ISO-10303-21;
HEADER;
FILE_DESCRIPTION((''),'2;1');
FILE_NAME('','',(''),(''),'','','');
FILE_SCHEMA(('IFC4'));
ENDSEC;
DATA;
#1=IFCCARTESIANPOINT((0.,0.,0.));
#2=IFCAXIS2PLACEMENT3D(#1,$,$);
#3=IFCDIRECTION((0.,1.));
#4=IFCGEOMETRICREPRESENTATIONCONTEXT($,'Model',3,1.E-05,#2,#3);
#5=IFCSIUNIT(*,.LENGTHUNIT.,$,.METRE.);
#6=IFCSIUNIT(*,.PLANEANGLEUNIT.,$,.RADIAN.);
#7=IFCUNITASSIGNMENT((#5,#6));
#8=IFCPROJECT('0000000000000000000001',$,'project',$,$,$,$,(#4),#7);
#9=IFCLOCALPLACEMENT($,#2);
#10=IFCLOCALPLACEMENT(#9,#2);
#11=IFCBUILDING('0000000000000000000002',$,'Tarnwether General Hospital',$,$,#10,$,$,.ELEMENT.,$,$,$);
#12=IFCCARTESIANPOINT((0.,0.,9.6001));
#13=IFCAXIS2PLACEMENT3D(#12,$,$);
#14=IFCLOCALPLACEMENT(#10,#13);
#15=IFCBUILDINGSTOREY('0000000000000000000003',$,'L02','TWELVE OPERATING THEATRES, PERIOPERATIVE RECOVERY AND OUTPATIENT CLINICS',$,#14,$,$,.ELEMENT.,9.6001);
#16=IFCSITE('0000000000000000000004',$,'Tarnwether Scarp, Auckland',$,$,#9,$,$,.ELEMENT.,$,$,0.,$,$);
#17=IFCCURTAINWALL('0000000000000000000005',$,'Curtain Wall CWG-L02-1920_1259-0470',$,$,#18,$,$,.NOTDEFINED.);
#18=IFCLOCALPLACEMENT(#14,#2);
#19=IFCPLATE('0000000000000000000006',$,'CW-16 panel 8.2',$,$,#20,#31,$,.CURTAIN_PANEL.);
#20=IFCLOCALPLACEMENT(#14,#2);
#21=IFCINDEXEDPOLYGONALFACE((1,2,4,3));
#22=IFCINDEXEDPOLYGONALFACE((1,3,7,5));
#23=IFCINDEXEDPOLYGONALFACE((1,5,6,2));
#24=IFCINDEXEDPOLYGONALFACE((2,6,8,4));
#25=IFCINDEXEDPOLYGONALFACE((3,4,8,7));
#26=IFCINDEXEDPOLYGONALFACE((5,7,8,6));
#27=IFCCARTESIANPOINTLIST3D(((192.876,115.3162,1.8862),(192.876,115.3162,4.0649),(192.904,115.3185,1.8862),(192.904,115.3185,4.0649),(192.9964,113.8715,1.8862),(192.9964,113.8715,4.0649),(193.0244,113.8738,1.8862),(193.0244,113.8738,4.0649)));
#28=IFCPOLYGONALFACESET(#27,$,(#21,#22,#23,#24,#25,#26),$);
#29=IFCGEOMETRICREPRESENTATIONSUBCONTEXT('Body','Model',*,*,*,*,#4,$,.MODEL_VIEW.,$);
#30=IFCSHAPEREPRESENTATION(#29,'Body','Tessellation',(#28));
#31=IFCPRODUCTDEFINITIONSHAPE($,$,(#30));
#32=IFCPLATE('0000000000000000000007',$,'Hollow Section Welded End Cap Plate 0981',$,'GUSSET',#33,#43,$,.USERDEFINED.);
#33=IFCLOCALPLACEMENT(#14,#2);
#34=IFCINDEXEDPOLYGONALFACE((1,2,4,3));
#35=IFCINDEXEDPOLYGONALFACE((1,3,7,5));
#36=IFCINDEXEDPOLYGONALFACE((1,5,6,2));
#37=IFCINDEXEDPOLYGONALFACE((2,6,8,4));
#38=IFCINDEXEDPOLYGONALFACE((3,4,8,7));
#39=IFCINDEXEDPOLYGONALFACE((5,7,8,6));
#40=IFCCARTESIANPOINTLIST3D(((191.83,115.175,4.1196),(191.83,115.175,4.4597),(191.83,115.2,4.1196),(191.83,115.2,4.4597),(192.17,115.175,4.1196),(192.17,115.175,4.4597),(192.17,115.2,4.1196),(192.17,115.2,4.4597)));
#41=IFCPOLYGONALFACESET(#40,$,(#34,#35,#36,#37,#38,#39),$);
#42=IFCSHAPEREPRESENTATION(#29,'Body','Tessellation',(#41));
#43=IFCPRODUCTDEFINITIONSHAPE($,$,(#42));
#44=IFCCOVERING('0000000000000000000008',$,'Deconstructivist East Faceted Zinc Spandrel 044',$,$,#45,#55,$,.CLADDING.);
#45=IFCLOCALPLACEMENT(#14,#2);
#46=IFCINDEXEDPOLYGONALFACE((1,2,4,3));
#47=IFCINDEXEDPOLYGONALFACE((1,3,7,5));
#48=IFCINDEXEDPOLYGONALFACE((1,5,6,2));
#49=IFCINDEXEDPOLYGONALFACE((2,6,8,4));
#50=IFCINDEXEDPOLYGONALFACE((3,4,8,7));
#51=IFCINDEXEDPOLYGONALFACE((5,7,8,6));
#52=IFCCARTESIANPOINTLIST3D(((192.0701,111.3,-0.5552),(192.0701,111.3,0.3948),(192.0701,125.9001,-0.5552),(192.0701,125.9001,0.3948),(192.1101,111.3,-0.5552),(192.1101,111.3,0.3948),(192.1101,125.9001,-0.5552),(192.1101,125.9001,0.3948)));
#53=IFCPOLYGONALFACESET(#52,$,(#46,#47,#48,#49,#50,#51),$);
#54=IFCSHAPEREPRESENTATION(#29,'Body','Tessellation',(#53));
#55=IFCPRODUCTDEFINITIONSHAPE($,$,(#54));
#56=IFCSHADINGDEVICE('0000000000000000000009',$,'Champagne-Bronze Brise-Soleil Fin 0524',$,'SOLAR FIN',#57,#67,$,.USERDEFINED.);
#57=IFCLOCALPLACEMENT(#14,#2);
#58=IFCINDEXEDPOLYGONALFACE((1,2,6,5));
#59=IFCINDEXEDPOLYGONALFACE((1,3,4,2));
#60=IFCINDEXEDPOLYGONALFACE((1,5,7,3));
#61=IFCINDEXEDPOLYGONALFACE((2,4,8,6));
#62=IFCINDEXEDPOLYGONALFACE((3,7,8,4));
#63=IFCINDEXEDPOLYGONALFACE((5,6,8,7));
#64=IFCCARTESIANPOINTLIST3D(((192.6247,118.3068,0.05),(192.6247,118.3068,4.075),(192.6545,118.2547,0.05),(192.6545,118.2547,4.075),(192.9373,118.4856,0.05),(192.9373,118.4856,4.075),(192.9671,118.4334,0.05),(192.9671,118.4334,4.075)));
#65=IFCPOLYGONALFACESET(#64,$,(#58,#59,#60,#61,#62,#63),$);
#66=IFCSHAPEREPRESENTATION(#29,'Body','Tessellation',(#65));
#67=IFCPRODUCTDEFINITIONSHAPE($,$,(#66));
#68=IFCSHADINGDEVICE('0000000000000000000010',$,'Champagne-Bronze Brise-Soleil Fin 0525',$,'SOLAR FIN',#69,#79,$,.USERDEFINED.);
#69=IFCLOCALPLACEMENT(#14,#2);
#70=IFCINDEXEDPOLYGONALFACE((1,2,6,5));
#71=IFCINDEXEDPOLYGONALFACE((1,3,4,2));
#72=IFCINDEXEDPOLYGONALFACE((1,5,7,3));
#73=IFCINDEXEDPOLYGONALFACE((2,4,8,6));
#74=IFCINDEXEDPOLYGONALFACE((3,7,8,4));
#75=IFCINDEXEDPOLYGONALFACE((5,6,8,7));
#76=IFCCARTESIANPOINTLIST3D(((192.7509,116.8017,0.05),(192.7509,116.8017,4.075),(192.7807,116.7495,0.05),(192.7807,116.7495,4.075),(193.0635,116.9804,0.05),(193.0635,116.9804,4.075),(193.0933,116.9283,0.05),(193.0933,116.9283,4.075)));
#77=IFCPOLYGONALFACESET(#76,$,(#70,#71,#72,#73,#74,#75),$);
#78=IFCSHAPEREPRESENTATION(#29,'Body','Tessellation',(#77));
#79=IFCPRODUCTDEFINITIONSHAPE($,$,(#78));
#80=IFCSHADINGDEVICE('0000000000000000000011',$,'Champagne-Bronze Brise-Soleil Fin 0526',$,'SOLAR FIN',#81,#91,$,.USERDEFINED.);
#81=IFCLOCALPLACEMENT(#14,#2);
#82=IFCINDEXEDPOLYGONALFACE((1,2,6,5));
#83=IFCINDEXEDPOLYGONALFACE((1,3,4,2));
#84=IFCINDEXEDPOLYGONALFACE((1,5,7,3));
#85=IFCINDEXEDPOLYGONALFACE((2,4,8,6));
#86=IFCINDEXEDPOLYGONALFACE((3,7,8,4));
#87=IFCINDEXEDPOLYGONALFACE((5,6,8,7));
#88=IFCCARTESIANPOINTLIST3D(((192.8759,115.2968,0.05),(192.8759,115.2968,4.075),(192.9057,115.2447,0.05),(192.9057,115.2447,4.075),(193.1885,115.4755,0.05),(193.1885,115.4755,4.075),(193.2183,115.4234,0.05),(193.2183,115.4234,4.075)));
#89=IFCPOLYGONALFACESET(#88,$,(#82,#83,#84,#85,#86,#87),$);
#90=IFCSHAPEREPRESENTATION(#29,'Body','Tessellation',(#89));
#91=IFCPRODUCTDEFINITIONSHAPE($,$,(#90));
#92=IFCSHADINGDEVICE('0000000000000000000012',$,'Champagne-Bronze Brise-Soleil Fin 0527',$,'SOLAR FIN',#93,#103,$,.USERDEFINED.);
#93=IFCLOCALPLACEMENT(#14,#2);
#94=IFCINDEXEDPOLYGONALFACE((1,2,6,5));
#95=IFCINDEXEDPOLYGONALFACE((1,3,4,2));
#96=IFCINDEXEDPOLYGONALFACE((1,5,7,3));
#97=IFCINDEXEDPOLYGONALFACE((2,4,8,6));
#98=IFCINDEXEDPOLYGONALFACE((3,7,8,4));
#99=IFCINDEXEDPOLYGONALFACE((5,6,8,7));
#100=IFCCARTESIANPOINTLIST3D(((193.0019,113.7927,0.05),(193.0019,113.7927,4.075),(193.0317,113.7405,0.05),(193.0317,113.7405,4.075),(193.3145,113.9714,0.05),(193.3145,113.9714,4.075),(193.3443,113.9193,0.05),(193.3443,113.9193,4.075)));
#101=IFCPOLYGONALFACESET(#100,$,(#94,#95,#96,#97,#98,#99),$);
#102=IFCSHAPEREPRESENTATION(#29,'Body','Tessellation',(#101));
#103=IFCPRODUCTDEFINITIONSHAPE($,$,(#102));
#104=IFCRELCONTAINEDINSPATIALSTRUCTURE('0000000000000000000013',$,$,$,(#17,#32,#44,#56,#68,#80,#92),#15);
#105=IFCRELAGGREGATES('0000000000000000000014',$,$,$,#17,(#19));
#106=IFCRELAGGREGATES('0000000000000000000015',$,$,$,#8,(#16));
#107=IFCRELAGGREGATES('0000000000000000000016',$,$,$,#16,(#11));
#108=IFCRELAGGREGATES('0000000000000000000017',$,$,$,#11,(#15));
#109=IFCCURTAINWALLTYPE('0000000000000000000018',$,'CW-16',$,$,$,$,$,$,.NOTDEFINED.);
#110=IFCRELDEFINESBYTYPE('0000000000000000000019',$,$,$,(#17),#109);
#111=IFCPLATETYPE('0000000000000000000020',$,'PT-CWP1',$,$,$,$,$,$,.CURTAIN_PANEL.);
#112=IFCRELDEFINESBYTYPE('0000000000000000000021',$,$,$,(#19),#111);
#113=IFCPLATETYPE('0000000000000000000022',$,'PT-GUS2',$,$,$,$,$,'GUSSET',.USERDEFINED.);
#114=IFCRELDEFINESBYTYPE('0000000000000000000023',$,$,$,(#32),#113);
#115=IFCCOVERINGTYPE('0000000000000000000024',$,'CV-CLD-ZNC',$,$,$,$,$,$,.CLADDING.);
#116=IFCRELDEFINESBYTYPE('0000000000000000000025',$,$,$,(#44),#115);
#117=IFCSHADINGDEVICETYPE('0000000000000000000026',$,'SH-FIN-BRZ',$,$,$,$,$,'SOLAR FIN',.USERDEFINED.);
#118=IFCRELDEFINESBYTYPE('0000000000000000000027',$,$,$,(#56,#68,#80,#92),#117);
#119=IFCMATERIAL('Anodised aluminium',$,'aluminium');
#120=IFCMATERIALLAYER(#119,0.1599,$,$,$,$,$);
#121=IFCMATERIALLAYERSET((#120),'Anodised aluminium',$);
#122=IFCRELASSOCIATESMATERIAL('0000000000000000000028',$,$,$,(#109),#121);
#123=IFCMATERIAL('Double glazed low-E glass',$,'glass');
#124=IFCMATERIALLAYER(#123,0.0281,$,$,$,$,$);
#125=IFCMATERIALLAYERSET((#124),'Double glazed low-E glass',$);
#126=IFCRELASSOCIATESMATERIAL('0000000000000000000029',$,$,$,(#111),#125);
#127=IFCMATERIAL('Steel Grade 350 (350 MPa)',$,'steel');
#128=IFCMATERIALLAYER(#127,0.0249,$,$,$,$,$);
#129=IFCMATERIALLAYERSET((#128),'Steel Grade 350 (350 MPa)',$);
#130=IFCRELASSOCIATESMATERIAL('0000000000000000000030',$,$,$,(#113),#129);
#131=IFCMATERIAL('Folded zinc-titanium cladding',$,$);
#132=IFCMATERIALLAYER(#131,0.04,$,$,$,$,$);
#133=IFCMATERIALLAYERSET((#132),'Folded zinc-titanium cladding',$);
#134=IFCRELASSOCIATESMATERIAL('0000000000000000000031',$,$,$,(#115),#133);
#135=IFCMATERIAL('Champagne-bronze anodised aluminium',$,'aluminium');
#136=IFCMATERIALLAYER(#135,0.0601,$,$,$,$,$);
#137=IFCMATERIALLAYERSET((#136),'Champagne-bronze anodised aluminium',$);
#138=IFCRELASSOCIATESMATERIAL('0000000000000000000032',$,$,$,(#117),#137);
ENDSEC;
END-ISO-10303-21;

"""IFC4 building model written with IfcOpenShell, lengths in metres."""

from ifc_helpers import new_model, si_unit, direction, frame, origin, origin_2d, place, context, subcontext, project, spatial, rectangle, extrude, material, layer, layer_set, type_object, element, aggregate, save


model = new_model("IFC4")

# Units and contexts
model_context = context("Model", 3, precision=1e-05, world=origin(), true_north=direction((0.0, 1.0)))
body_context = subcontext(model_context, "Body", "Model", "MODEL_VIEW")
ifc_project = project(units=[si_unit("LENGTHUNIT", "METRE"), si_unit("PLANEANGLEUNIT", "RADIAN")], contexts=[model_context])

# Site, building, storey
site_placement = place(None, origin())
site = spatial("IfcSite", under=ifc_project, at=site_placement, Name="Tarnwether Scarp, Auckland", CompositionType="ELEMENT", RefElevation=0.0)
building_placement = place(site_placement, origin())
building = spatial("IfcBuilding", under=site, at=building_placement, Name="Tarnwether General Hospital", CompositionType="ELEMENT")
storey_placement = place(building_placement, frame((0.0, 0.0, 9.6001)))
storey = spatial("IfcBuildingStorey", under=building, at=storey_placement, Name="L02", Description="TWELVE OPERATING THEATRES, PERIOPERATIVE RECOVERY AND OUTPATIENT CLINICS", CompositionType="ELEMENT", Elevation=9.6001)

# Curtain wall, plate
ifc_material_1 = material(Name="Anodised aluminium", Category="aluminium")
ifc_layer_1 = layer(ifc_material_1, 0.1599)
ifc_layer_set_1 = layer_set([ifc_layer_1], Name="Anodised aluminium")
curtain_wall_type = type_object("IfcCurtainWallType", Name="CW-16", PredefinedType="NOTDEFINED", material=ifc_layer_set_1)
curtain_wall_placement = place(storey_placement, origin())
curtain_wall = element("IfcCurtainWall", 1, at=curtain_wall_placement, inside=storey, type_object=curtain_wall_type, Name="Curtain Wall CWG-L02-1920_1259-0470", PredefinedType="NOTDEFINED")
ifc_material_2 = material(Name="Double glazed low-E glass", Category="glass")
ifc_layer_2 = layer(ifc_material_2, 0.0281)
ifc_layer_set_2 = layer_set([ifc_layer_2], Name="Double glazed low-E glass")
plate_type_1 = type_object("IfcPlateType", Name="PT-CWP1", PredefinedType="CURTAIN_PANEL", material=ifc_layer_set_2)
plate_1_placement = place(storey_placement, frame((192.9502, 114.595, 1.8862), z_axis=(0.0, 0.0, 1.0), x_axis=(0.083036, -0.996547, 0.0)))
plate_1 = element("IfcPlate", 2, at=plate_1_placement, type_object=plate_type_1, Name="CW-16 panel 8.2", PredefinedType="CURTAIN_PANEL", context=body_context, shape_type="SweptSolid", body=[
    extrude(rectangle(XDim=1.4497, YDim=0.0281, at=origin_2d()), origin(), (0.0, 0.0, 1.0), 2.1787),
])
aggregate(curtain_wall, [plate_1])

# Plate
ifc_material_3 = material(Name="Steel Grade 350 (350 MPa)", Category="steel")
ifc_layer_3 = layer(ifc_material_3, 0.0249)
ifc_layer_set_3 = layer_set([ifc_layer_3], Name="Steel Grade 350 (350 MPa)")
plate_type_2 = type_object("IfcPlateType", Name="PT-GUS2", ElementType="GUSSET", PredefinedType="USERDEFINED", material=ifc_layer_set_3)
plate_2_placement = place(storey_placement, frame((192.0, 115.1875, 4.1196), z_axis=(0.0, 0.0, 1.0), x_axis=(0.0, 1.0, 0.0)))
element("IfcPlate", 3, at=plate_2_placement, inside=storey, type_object=plate_type_2, Name="Hollow Section Welded End Cap Plate 0981", ObjectType="GUSSET", PredefinedType="USERDEFINED", context=body_context, shape_type="SweptSolid", body=[
    extrude(rectangle(XDim=0.0249, YDim=0.3401, at=origin_2d()), origin(), (0.0, 0.0, 1.0), 0.3401),
])

# Covering
ifc_material_4 = material(Name="Folded zinc-titanium cladding")
ifc_layer_4 = layer(ifc_material_4, 0.04)
ifc_layer_set_4 = layer_set([ifc_layer_4], Name="Folded zinc-titanium cladding")
covering_type = type_object("IfcCoveringType", Name="CV-CLD-ZNC", PredefinedType="CLADDING", material=ifc_layer_set_4)
covering_placement = place(storey_placement, frame((192.0901, 118.6001, -0.5552), z_axis=(0.0, 0.0, 1.0), x_axis=(0.0, 1.0, 0.0)))
element("IfcCovering", 4, at=covering_placement, inside=storey, type_object=covering_type, Name="Deconstructivist East Faceted Zinc Spandrel 044", PredefinedType="CLADDING", context=body_context, shape_type="SweptSolid", body=[
    extrude(rectangle(XDim=14.6001, YDim=0.04, at=origin_2d()), origin(), (0.0, 0.0, 1.0), 0.95),
])

# Shading devices
ifc_material_5 = material(Name="Champagne-bronze anodised aluminium", Category="aluminium")
ifc_layer_5 = layer(ifc_material_5, 0.0601)
ifc_layer_set_5 = layer_set([ifc_layer_5], Name="Champagne-bronze anodised aluminium")
shading_device_type = type_object("IfcShadingDeviceType", Name="SH-FIN-BRZ", ElementType="SOLAR FIN", PredefinedType="USERDEFINED", material=ifc_layer_set_5)
for number, where, z_axis, x_axis, name in (
    (5, (192.7959, 118.3701, 0.05), (0.0, 0.0, 1.0), (0.496368, -0.868112, 0.0), "Champagne-Bronze Brise-Soleil Fin 0524"),
    (6, (192.9221, 116.865, 0.05), (0.0, 0.0, 1.0), (0.496368, -0.868112, 0.0), "Champagne-Bronze Brise-Soleil Fin 0525"),
    (7, (193.0471, 115.3601, 0.05), (0.0, 0.0, 1.0), (0.496368, -0.868112, 0.0), "Champagne-Bronze Brise-Soleil Fin 0526"),
    (8, (193.1731, 113.856, 0.05), (0.0, 0.0, 1.0), (0.496368, -0.868112, 0.0), "Champagne-Bronze Brise-Soleil Fin 0527"),
):
    element("IfcShadingDevice", number, at=place(storey_placement, frame(where, z_axis=z_axis, x_axis=x_axis)), inside=storey, type_object=shading_device_type, Name=name, ObjectType="SOLAR FIN", PredefinedType="USERDEFINED", context=body_context, shape_type="SweptSolid", body=[
        extrude(rectangle(XDim=0.0601, YDim=0.3601, at=origin_2d()), origin(), (0.0, 0.0, 1.0), 4.0249),
    ])

save(model, "model.ifc")
